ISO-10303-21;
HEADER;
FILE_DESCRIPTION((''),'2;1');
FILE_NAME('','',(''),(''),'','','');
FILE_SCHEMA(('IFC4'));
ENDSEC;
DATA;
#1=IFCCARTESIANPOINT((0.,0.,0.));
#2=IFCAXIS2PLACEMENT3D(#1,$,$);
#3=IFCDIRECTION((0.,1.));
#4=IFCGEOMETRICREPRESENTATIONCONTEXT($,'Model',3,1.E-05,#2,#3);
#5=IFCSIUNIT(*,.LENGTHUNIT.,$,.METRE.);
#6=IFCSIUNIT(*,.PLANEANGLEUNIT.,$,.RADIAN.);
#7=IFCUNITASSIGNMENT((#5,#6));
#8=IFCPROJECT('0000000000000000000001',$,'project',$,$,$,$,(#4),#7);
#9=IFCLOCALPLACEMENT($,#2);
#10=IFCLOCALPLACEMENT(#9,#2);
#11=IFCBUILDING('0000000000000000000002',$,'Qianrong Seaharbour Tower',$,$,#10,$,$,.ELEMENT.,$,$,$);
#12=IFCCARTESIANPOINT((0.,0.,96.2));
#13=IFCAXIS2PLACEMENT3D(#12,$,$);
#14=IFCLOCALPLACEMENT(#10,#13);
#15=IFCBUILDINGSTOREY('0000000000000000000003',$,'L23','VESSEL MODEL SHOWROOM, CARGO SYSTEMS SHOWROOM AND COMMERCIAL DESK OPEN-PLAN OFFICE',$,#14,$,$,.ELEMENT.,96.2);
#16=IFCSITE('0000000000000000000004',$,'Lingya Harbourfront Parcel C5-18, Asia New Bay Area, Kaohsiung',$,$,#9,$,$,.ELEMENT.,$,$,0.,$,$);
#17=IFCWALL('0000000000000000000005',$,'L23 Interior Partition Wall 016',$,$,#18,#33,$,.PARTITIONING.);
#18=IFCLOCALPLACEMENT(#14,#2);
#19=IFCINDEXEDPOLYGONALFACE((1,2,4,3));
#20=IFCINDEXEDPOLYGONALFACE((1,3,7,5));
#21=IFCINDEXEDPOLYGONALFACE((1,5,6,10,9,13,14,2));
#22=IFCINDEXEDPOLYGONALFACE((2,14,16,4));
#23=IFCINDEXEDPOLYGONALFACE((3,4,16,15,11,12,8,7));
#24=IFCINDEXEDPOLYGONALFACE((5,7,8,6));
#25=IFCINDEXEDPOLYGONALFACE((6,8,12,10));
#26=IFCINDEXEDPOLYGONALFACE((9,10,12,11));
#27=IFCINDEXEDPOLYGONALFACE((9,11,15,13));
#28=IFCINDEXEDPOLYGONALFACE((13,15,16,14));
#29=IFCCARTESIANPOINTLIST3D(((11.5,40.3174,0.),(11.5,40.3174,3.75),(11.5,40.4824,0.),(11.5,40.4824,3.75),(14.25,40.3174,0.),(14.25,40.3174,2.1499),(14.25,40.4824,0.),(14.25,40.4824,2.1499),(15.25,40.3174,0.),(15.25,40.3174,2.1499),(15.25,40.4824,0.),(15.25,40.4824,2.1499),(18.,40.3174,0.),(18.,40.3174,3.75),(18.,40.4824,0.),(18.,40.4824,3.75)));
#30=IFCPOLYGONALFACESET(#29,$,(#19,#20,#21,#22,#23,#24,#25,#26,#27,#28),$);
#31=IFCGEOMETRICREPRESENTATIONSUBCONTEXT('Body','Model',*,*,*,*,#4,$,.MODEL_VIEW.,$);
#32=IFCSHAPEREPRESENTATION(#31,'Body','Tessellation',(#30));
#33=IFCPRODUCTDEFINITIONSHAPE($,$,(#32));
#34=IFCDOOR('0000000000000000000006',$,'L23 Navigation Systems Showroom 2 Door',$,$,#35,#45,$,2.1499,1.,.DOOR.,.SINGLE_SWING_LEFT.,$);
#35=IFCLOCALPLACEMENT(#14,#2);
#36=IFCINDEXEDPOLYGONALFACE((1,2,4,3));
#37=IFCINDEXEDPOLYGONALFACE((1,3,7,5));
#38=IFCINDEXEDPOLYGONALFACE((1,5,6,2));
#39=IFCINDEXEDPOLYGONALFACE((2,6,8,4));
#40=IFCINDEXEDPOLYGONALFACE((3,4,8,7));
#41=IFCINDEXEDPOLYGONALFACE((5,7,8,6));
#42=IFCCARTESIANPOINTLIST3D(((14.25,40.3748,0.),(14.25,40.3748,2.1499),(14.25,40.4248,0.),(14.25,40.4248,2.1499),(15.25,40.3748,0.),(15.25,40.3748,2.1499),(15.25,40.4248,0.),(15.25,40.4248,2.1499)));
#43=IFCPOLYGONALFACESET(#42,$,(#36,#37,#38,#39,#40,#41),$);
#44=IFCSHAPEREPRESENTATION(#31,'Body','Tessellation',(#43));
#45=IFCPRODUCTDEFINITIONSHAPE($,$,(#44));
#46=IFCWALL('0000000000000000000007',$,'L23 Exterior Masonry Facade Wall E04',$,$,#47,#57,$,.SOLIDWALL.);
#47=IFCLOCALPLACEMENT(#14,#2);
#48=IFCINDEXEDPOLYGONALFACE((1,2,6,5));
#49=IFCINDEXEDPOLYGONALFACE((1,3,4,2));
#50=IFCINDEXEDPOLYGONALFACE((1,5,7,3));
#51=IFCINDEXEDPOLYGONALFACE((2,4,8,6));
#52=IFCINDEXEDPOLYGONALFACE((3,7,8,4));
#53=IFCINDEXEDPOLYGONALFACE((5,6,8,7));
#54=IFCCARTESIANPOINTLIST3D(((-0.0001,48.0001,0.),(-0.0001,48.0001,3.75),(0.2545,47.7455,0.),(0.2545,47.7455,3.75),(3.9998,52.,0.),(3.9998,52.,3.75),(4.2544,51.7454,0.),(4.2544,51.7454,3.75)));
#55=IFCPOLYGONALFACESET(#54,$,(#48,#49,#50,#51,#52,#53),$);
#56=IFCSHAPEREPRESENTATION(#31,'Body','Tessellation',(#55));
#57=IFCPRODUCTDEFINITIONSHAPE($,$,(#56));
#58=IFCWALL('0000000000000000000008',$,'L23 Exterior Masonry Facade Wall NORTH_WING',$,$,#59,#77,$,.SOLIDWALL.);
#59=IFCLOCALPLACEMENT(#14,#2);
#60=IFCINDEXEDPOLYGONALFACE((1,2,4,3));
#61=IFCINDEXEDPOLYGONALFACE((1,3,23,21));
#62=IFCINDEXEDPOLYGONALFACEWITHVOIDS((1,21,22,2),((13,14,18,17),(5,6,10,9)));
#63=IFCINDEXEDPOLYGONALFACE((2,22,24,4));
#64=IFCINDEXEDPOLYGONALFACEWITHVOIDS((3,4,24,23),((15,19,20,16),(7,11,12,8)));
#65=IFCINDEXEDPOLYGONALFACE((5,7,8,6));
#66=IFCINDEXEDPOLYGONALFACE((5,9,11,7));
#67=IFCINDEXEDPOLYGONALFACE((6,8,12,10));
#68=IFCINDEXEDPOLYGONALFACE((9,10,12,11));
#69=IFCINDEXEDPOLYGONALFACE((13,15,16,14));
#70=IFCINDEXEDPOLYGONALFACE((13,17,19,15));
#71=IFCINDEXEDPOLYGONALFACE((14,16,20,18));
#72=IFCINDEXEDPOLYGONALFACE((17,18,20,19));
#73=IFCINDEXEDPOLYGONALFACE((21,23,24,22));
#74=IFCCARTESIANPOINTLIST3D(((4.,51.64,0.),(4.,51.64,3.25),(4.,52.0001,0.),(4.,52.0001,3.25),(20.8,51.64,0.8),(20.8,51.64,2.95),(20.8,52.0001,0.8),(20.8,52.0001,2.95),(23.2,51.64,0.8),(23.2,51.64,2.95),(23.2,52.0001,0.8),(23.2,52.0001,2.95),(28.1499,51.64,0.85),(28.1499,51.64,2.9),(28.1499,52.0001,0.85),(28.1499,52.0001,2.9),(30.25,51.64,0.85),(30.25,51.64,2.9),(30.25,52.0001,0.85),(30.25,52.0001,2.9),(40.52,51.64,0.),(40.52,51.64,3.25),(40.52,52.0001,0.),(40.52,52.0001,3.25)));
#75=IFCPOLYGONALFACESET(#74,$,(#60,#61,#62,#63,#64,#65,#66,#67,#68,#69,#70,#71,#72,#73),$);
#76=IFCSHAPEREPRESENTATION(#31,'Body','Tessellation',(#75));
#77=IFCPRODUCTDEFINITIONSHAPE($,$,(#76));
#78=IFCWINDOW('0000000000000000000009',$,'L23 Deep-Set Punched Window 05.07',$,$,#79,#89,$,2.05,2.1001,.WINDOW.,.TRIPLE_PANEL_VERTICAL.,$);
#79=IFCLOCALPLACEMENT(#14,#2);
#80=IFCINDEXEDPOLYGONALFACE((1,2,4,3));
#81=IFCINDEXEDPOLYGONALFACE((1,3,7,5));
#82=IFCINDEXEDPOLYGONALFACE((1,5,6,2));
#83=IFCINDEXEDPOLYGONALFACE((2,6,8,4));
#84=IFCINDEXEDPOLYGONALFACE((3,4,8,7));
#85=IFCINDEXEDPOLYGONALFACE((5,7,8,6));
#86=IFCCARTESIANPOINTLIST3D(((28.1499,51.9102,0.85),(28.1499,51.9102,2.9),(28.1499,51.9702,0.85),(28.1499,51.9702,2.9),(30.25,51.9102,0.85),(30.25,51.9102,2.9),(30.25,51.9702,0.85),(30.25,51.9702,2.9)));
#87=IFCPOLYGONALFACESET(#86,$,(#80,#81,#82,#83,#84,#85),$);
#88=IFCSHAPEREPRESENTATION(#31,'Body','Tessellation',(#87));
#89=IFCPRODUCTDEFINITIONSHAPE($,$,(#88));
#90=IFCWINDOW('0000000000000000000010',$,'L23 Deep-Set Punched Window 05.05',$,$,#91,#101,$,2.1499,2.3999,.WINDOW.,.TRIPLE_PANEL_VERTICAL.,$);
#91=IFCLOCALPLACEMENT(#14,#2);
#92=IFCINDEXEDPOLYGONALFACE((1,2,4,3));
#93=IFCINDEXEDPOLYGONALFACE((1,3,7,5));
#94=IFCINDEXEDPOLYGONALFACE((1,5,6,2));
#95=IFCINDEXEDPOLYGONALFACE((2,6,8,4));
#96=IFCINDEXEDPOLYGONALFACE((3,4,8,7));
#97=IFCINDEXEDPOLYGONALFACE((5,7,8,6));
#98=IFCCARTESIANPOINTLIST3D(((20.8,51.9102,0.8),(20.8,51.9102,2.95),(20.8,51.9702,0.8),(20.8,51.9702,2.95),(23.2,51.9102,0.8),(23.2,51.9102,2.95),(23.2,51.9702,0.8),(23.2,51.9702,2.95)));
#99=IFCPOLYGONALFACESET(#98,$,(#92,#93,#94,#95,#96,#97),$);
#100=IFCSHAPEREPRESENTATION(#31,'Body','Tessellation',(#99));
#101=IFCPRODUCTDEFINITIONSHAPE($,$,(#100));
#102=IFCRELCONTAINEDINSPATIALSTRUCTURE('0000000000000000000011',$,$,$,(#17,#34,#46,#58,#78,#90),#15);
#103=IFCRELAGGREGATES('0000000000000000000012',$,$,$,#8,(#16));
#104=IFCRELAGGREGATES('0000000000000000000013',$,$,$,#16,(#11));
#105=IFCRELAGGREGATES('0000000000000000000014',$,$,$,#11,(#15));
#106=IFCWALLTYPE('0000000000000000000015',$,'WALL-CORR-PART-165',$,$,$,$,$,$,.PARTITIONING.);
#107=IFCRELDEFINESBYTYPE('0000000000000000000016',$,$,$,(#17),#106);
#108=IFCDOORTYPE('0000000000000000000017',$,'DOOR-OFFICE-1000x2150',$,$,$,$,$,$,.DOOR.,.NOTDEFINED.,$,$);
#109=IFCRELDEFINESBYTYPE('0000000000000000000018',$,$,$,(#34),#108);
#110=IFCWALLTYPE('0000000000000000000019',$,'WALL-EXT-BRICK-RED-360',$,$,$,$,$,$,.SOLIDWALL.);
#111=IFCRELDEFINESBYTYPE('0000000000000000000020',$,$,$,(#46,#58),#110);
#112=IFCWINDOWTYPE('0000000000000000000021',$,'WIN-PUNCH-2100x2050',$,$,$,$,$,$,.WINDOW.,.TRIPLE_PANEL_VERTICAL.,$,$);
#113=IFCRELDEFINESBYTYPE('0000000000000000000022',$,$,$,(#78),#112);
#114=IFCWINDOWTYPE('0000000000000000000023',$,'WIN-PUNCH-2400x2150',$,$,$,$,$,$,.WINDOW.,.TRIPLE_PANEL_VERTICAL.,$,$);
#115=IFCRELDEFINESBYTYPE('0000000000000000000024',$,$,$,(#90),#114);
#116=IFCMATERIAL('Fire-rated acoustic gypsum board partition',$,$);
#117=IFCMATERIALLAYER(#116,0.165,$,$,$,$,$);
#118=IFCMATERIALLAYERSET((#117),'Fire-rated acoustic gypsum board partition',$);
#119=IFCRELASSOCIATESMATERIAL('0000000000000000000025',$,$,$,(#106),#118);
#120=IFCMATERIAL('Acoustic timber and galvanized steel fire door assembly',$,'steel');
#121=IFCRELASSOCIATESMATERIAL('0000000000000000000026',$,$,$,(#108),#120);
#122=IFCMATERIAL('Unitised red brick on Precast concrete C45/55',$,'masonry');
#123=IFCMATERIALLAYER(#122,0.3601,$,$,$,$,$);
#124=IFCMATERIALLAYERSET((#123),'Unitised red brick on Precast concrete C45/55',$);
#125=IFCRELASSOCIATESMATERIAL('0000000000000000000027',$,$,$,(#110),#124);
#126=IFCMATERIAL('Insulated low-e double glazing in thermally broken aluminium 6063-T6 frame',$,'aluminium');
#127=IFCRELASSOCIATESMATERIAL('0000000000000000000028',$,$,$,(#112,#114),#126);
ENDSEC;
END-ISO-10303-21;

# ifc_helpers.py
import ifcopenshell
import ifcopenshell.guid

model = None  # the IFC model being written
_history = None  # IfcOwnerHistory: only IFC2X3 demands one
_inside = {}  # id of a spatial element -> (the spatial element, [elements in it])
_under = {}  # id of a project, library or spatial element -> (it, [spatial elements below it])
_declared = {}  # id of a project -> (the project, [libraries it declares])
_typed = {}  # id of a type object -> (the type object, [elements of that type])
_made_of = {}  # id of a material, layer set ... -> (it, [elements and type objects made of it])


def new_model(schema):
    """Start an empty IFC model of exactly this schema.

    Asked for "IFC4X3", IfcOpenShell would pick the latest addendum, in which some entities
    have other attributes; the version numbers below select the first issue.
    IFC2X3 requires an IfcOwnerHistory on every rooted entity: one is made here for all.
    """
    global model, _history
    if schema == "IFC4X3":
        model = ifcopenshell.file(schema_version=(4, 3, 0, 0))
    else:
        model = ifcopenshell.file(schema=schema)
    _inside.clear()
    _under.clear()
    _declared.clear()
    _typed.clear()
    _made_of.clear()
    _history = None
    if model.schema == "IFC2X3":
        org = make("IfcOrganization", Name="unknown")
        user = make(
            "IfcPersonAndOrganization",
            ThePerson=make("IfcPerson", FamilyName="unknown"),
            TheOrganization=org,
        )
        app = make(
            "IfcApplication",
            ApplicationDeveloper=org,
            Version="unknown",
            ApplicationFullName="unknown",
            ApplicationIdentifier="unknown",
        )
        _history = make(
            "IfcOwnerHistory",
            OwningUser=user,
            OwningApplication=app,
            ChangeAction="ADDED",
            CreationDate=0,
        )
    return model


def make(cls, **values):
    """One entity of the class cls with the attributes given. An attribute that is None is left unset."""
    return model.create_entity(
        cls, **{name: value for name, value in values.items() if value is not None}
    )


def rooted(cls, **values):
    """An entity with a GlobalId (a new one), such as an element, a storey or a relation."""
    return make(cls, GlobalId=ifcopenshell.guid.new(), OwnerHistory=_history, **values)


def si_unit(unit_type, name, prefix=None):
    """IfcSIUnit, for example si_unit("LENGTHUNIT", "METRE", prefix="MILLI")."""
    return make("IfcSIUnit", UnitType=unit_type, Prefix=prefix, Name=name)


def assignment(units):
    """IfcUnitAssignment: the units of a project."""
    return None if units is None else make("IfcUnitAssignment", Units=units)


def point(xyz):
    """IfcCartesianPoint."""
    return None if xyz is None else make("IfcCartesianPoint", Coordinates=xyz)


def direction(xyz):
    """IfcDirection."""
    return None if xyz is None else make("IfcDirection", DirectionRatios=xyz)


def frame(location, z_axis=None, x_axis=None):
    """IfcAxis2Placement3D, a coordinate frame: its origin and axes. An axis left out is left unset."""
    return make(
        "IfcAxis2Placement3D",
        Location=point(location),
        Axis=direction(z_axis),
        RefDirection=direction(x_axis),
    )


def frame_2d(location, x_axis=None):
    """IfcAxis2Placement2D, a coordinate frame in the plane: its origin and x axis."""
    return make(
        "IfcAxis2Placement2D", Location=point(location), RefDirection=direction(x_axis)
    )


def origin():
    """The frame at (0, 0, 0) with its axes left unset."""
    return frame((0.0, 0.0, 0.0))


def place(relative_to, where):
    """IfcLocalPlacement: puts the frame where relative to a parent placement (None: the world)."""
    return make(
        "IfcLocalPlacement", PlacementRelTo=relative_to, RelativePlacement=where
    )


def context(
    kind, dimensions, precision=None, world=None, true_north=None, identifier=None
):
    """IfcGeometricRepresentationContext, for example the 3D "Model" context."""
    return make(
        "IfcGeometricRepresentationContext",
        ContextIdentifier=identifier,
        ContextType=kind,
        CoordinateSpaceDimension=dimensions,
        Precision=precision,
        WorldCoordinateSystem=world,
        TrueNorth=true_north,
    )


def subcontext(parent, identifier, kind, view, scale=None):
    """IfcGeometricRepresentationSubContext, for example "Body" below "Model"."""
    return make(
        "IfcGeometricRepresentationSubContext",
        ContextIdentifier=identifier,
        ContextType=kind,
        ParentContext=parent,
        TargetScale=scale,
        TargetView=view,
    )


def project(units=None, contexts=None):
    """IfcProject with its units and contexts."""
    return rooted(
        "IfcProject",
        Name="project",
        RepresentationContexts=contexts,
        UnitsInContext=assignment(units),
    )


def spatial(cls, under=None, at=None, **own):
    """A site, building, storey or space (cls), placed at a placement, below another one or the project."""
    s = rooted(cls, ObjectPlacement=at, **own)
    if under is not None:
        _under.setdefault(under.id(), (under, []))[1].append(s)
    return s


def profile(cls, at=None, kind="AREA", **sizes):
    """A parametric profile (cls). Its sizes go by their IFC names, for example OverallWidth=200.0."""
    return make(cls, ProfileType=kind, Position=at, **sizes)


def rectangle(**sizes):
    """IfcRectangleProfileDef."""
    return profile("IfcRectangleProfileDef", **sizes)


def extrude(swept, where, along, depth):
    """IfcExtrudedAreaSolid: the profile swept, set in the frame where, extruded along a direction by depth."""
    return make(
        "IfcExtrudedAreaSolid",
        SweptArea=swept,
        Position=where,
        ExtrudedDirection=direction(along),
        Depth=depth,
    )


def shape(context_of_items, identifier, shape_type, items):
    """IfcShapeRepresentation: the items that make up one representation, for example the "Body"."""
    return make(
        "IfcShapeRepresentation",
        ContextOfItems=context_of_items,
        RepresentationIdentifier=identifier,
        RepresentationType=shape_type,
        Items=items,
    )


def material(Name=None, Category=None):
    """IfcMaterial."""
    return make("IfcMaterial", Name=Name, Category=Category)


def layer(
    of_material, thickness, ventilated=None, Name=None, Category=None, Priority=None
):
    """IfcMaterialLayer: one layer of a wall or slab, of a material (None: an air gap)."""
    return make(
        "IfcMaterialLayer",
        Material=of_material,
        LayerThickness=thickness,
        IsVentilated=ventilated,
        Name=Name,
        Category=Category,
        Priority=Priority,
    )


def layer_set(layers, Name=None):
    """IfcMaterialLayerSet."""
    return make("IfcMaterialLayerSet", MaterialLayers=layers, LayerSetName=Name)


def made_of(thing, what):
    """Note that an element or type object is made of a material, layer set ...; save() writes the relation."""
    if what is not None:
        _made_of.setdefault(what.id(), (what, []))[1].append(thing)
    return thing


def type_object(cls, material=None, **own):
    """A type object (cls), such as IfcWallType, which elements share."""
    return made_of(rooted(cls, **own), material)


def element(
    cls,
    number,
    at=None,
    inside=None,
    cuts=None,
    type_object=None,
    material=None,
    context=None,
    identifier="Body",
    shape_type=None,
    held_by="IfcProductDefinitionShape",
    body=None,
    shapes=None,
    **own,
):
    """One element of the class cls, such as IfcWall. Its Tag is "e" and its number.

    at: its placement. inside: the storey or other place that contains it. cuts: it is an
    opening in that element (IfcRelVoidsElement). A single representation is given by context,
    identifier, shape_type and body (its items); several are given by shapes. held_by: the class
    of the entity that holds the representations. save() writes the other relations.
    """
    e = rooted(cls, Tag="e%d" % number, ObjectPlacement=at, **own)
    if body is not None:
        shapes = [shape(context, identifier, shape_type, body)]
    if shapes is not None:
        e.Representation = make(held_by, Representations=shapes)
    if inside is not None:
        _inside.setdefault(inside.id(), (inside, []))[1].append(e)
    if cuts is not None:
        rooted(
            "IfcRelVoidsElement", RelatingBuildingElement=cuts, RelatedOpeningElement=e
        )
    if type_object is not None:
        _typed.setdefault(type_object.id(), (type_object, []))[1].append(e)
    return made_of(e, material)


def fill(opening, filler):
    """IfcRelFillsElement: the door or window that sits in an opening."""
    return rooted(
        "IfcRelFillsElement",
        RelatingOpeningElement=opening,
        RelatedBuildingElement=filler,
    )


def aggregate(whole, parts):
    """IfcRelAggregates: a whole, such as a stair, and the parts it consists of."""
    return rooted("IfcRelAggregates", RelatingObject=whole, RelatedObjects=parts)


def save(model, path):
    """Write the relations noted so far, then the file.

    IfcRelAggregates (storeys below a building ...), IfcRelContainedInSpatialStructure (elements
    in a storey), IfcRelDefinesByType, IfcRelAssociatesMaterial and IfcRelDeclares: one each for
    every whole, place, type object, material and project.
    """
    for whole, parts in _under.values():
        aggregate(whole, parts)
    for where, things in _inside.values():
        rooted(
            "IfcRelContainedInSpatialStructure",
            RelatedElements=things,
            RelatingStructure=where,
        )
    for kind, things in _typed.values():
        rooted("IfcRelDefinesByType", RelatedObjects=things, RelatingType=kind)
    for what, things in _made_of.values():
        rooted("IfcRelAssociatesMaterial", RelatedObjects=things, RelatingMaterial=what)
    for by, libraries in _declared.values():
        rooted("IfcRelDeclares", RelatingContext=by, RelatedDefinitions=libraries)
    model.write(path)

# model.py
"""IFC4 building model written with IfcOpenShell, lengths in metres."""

from ifc_helpers import new_model, si_unit, direction, frame, frame_2d, origin, place, context, subcontext, project, spatial, rectangle, extrude, material, layer, layer_set, type_object, element, fill, save


model = new_model("IFC4")

# Units and contexts
model_context = context("Model", 3, precision=1e-05, world=origin(), true_north=direction((0.0, 1.0)))
body_context = subcontext(model_context, "Body", "Model", "MODEL_VIEW")
ifc_project = project(units=[si_unit("LENGTHUNIT", "METRE"), si_unit("PLANEANGLEUNIT", "RADIAN")], contexts=[model_context])

# Site, building, storey
site_placement = place(None, origin())
site = spatial("IfcSite", under=ifc_project, at=site_placement, Name="Lingya Harbourfront Parcel C5-18, Asia New Bay Area, Kaohsiung", CompositionType="ELEMENT", RefElevation=0.0)
building_placement = place(site_placement, origin())
building = spatial("IfcBuilding", under=site, at=building_placement, Name="Qianrong Seaharbour Tower", CompositionType="ELEMENT")
storey_placement = place(building_placement, frame((0.0, 0.0, 96.2)))
storey = spatial("IfcBuildingStorey", under=building, at=storey_placement, Name="L23", Description="VESSEL MODEL SHOWROOM, CARGO SYSTEMS SHOWROOM AND COMMERCIAL DESK OPEN-PLAN OFFICE", CompositionType="ELEMENT", Elevation=96.2)

# Wall, opening, door
ifc_material_1 = material(Name="Fire-rated acoustic gypsum board partition")
ifc_layer_1 = layer(ifc_material_1, 0.165)
ifc_layer_set_1 = layer_set([ifc_layer_1], Name="Fire-rated acoustic gypsum board partition")
wall_type_1 = type_object("IfcWallType", Name="WALL-CORR-PART-165", PredefinedType="PARTITIONING", material=ifc_layer_set_1)
ifc_material_2 = material(Name="Acoustic timber and galvanized steel fire door assembly", Category="steel")
door_type = type_object("IfcDoorType", Name="DOOR-OFFICE-1000x2150", OperationType="NOTDEFINED", PredefinedType="DOOR", material=ifc_material_2)
wall_1_placement = place(storey_placement, frame((11.5, 40.3999, 0.0), z_axis=(0.0, 0.0, 1.0), x_axis=(1.0, 0.0, 0.0)))
wall_1 = element("IfcWall", 1, at=wall_1_placement, inside=storey, type_object=wall_type_1, Name="L23 Interior Partition Wall 016", PredefinedType="PARTITIONING", context=body_context, shape_type="SweptSolid", body=[
    extrude(rectangle(XDim=6.5, YDim=0.165, at=frame_2d((3.25, 0.0))), origin(), (0.0, 0.0, 1.0), 3.75),
])
opening_1_placement = place(wall_1_placement, frame((2.75, 0.0, 0.0)))
opening_1 = element("IfcOpeningElement", 2, at=opening_1_placement, cuts=wall_1, PredefinedType="OPENING", context=body_context, shape_type="SweptSolid", body=[
    extrude(rectangle(XDim=1.0, YDim=2.1499, at=frame_2d((0.5, 1.075))), frame((0.0, 0.0925, 0.0), z_axis=(0.0, -1.0, 0.0), x_axis=(1.0, 0.0, 0.0)), (0.0, 0.0, 1.0), 0.1851),
])
door_1_placement = place(opening_1_placement, origin())
door_1 = element("IfcDoor", 3, at=door_1_placement, inside=storey, type_object=door_type, Name="L23 Navigation Systems Showroom 2 Door", OperationType="SINGLE_SWING_LEFT", OverallHeight=2.1499, OverallWidth=1.0, PredefinedType="DOOR", context=body_context, shape_type="SweptSolid", body=[
    extrude(rectangle(XDim=1.0, YDim=2.1499, at=frame_2d((0.5, 1.075))), frame((0.0, 0.0249, 0.0), z_axis=(0.0, -1.0, 0.0), x_axis=(1.0, 0.0, 0.0)), (0.0, 0.0, 1.0), 0.05),
])
fill(opening_1, door_1)

# Wall
ifc_material_3 = material(Name="Unitised red brick on Precast concrete C45/55", Category="masonry")
ifc_layer_2 = layer(ifc_material_3, 0.3601)
ifc_layer_set_2 = layer_set([ifc_layer_2], Name="Unitised red brick on Precast concrete C45/55")
wall_type_2 = type_object("IfcWallType", Name="WALL-EXT-BRICK-RED-360", PredefinedType="SOLIDWALL", material=ifc_layer_set_2)
wall_2_placement = place(storey_placement, frame((0.1272, 47.8728, 0.0), z_axis=(0.0, 0.0, 1.0), x_axis=(0.707107, 0.707107, 0.0)))
element("IfcWall", 4, at=wall_2_placement, inside=storey, type_object=wall_type_2, Name="L23 Exterior Masonry Facade Wall E04", PredefinedType="SOLIDWALL", context=body_context, shape_type="SweptSolid", body=[
    extrude(rectangle(XDim=5.6567, YDim=0.3601, at=frame_2d((2.8284, 0.0))), origin(), (0.0, 0.0, 1.0), 3.75),
])

# Wall, openings, windows
wall_3_placement = place(storey_placement, frame((4.0, 51.8201, 0.0), z_axis=(0.0, 0.0, 1.0), x_axis=(1.0, 0.0, 0.0)))
wall_3 = element("IfcWall", 5, at=wall_3_placement, inside=storey, type_object=wall_type_2, Name="L23 Exterior Masonry Facade Wall NORTH_WING", PredefinedType="SOLIDWALL", context=body_context, shape_type="SweptSolid", body=[
    extrude(rectangle(XDim=36.52, YDim=0.3601, at=frame_2d((18.26, 0.0))), origin(), (0.0, 0.0, 1.0), 3.25),
])
opening_2_placement = place(wall_3_placement, frame((16.8, 0.0, 0.8)))
opening_2 = element("IfcOpeningElement", 6, at=opening_2_placement, cuts=wall_3, PredefinedType="OPENING", context=body_context, shape_type="SweptSolid", body=[
    extrude(rectangle(XDim=2.3999, YDim=2.1499, at=frame_2d((1.2, 1.075))), frame((0.0, 0.1899, 0.0), z_axis=(0.0, -1.0, 0.0), x_axis=(1.0, 0.0, 0.0)), (0.0, 0.0, 1.0), 0.3801),
])
opening_3_placement = place(wall_3_placement, frame((24.1499, 0.0, 0.8501)))
opening_3 = element("IfcOpeningElement", 7, at=opening_3_placement, cuts=wall_3, PredefinedType="OPENING", context=body_context, shape_type="SweptSolid", body=[
    extrude(rectangle(XDim=2.1001, YDim=2.05, at=frame_2d((1.05, 1.0249))), frame((0.0, 0.1899, 0.0), z_axis=(0.0, -1.0, 0.0), x_axis=(1.0, 0.0, 0.0)), (0.0, 0.0, 1.0), 0.3801),
])
ifc_material_4 = material(Name="Insulated low-e double glazing in thermally broken aluminium 6063-T6 frame", Category="aluminium")
window_type_1 = type_object("IfcWindowType", Name="WIN-PUNCH-2100x2050", PartitioningType="TRIPLE_PANEL_VERTICAL", PredefinedType="WINDOW", material=ifc_material_4)
window_1_placement = place(opening_3_placement, origin())
window_1 = element("IfcWindow", 8, at=window_1_placement, inside=storey, type_object=window_type_1, Name="L23 Deep-Set Punched Window 05.07", OverallHeight=2.05, OverallWidth=2.1001, PartitioningType="TRIPLE_PANEL_VERTICAL", PredefinedType="WINDOW", context=body_context, shape_type="SweptSolid", body=[
    extrude(rectangle(XDim=2.1001, YDim=2.05, at=frame_2d((1.05, 1.0249))), frame((0.0, 0.1501, 0.0), z_axis=(0.0, -1.0, 0.0), x_axis=(1.0, 0.0, 0.0)), (0.0, 0.0, 1.0), 0.0601),
])
fill(opening_3, window_1)
window_type_2 = type_object("IfcWindowType", Name="WIN-PUNCH-2400x2150", PartitioningType="TRIPLE_PANEL_VERTICAL", PredefinedType="WINDOW", material=ifc_material_4)
window_2_placement = place(opening_2_placement, origin())
window_2 = element("IfcWindow", 9, at=window_2_placement, inside=storey, type_object=window_type_2, Name="L23 Deep-Set Punched Window 05.05", OverallHeight=2.1499, OverallWidth=2.3999, PartitioningType="TRIPLE_PANEL_VERTICAL", PredefinedType="WINDOW", context=body_context, shape_type="SweptSolid", body=[
    extrude(rectangle(XDim=2.3999, YDim=2.1499, at=frame_2d((1.2, 1.075))), frame((0.0, 0.1501, 0.0), z_axis=(0.0, -1.0, 0.0), x_axis=(1.0, 0.0, 0.0)), (0.0, 0.0, 1.0), 0.0601),
])
fill(opening_2, window_2)

save(model, "model.ifc")
